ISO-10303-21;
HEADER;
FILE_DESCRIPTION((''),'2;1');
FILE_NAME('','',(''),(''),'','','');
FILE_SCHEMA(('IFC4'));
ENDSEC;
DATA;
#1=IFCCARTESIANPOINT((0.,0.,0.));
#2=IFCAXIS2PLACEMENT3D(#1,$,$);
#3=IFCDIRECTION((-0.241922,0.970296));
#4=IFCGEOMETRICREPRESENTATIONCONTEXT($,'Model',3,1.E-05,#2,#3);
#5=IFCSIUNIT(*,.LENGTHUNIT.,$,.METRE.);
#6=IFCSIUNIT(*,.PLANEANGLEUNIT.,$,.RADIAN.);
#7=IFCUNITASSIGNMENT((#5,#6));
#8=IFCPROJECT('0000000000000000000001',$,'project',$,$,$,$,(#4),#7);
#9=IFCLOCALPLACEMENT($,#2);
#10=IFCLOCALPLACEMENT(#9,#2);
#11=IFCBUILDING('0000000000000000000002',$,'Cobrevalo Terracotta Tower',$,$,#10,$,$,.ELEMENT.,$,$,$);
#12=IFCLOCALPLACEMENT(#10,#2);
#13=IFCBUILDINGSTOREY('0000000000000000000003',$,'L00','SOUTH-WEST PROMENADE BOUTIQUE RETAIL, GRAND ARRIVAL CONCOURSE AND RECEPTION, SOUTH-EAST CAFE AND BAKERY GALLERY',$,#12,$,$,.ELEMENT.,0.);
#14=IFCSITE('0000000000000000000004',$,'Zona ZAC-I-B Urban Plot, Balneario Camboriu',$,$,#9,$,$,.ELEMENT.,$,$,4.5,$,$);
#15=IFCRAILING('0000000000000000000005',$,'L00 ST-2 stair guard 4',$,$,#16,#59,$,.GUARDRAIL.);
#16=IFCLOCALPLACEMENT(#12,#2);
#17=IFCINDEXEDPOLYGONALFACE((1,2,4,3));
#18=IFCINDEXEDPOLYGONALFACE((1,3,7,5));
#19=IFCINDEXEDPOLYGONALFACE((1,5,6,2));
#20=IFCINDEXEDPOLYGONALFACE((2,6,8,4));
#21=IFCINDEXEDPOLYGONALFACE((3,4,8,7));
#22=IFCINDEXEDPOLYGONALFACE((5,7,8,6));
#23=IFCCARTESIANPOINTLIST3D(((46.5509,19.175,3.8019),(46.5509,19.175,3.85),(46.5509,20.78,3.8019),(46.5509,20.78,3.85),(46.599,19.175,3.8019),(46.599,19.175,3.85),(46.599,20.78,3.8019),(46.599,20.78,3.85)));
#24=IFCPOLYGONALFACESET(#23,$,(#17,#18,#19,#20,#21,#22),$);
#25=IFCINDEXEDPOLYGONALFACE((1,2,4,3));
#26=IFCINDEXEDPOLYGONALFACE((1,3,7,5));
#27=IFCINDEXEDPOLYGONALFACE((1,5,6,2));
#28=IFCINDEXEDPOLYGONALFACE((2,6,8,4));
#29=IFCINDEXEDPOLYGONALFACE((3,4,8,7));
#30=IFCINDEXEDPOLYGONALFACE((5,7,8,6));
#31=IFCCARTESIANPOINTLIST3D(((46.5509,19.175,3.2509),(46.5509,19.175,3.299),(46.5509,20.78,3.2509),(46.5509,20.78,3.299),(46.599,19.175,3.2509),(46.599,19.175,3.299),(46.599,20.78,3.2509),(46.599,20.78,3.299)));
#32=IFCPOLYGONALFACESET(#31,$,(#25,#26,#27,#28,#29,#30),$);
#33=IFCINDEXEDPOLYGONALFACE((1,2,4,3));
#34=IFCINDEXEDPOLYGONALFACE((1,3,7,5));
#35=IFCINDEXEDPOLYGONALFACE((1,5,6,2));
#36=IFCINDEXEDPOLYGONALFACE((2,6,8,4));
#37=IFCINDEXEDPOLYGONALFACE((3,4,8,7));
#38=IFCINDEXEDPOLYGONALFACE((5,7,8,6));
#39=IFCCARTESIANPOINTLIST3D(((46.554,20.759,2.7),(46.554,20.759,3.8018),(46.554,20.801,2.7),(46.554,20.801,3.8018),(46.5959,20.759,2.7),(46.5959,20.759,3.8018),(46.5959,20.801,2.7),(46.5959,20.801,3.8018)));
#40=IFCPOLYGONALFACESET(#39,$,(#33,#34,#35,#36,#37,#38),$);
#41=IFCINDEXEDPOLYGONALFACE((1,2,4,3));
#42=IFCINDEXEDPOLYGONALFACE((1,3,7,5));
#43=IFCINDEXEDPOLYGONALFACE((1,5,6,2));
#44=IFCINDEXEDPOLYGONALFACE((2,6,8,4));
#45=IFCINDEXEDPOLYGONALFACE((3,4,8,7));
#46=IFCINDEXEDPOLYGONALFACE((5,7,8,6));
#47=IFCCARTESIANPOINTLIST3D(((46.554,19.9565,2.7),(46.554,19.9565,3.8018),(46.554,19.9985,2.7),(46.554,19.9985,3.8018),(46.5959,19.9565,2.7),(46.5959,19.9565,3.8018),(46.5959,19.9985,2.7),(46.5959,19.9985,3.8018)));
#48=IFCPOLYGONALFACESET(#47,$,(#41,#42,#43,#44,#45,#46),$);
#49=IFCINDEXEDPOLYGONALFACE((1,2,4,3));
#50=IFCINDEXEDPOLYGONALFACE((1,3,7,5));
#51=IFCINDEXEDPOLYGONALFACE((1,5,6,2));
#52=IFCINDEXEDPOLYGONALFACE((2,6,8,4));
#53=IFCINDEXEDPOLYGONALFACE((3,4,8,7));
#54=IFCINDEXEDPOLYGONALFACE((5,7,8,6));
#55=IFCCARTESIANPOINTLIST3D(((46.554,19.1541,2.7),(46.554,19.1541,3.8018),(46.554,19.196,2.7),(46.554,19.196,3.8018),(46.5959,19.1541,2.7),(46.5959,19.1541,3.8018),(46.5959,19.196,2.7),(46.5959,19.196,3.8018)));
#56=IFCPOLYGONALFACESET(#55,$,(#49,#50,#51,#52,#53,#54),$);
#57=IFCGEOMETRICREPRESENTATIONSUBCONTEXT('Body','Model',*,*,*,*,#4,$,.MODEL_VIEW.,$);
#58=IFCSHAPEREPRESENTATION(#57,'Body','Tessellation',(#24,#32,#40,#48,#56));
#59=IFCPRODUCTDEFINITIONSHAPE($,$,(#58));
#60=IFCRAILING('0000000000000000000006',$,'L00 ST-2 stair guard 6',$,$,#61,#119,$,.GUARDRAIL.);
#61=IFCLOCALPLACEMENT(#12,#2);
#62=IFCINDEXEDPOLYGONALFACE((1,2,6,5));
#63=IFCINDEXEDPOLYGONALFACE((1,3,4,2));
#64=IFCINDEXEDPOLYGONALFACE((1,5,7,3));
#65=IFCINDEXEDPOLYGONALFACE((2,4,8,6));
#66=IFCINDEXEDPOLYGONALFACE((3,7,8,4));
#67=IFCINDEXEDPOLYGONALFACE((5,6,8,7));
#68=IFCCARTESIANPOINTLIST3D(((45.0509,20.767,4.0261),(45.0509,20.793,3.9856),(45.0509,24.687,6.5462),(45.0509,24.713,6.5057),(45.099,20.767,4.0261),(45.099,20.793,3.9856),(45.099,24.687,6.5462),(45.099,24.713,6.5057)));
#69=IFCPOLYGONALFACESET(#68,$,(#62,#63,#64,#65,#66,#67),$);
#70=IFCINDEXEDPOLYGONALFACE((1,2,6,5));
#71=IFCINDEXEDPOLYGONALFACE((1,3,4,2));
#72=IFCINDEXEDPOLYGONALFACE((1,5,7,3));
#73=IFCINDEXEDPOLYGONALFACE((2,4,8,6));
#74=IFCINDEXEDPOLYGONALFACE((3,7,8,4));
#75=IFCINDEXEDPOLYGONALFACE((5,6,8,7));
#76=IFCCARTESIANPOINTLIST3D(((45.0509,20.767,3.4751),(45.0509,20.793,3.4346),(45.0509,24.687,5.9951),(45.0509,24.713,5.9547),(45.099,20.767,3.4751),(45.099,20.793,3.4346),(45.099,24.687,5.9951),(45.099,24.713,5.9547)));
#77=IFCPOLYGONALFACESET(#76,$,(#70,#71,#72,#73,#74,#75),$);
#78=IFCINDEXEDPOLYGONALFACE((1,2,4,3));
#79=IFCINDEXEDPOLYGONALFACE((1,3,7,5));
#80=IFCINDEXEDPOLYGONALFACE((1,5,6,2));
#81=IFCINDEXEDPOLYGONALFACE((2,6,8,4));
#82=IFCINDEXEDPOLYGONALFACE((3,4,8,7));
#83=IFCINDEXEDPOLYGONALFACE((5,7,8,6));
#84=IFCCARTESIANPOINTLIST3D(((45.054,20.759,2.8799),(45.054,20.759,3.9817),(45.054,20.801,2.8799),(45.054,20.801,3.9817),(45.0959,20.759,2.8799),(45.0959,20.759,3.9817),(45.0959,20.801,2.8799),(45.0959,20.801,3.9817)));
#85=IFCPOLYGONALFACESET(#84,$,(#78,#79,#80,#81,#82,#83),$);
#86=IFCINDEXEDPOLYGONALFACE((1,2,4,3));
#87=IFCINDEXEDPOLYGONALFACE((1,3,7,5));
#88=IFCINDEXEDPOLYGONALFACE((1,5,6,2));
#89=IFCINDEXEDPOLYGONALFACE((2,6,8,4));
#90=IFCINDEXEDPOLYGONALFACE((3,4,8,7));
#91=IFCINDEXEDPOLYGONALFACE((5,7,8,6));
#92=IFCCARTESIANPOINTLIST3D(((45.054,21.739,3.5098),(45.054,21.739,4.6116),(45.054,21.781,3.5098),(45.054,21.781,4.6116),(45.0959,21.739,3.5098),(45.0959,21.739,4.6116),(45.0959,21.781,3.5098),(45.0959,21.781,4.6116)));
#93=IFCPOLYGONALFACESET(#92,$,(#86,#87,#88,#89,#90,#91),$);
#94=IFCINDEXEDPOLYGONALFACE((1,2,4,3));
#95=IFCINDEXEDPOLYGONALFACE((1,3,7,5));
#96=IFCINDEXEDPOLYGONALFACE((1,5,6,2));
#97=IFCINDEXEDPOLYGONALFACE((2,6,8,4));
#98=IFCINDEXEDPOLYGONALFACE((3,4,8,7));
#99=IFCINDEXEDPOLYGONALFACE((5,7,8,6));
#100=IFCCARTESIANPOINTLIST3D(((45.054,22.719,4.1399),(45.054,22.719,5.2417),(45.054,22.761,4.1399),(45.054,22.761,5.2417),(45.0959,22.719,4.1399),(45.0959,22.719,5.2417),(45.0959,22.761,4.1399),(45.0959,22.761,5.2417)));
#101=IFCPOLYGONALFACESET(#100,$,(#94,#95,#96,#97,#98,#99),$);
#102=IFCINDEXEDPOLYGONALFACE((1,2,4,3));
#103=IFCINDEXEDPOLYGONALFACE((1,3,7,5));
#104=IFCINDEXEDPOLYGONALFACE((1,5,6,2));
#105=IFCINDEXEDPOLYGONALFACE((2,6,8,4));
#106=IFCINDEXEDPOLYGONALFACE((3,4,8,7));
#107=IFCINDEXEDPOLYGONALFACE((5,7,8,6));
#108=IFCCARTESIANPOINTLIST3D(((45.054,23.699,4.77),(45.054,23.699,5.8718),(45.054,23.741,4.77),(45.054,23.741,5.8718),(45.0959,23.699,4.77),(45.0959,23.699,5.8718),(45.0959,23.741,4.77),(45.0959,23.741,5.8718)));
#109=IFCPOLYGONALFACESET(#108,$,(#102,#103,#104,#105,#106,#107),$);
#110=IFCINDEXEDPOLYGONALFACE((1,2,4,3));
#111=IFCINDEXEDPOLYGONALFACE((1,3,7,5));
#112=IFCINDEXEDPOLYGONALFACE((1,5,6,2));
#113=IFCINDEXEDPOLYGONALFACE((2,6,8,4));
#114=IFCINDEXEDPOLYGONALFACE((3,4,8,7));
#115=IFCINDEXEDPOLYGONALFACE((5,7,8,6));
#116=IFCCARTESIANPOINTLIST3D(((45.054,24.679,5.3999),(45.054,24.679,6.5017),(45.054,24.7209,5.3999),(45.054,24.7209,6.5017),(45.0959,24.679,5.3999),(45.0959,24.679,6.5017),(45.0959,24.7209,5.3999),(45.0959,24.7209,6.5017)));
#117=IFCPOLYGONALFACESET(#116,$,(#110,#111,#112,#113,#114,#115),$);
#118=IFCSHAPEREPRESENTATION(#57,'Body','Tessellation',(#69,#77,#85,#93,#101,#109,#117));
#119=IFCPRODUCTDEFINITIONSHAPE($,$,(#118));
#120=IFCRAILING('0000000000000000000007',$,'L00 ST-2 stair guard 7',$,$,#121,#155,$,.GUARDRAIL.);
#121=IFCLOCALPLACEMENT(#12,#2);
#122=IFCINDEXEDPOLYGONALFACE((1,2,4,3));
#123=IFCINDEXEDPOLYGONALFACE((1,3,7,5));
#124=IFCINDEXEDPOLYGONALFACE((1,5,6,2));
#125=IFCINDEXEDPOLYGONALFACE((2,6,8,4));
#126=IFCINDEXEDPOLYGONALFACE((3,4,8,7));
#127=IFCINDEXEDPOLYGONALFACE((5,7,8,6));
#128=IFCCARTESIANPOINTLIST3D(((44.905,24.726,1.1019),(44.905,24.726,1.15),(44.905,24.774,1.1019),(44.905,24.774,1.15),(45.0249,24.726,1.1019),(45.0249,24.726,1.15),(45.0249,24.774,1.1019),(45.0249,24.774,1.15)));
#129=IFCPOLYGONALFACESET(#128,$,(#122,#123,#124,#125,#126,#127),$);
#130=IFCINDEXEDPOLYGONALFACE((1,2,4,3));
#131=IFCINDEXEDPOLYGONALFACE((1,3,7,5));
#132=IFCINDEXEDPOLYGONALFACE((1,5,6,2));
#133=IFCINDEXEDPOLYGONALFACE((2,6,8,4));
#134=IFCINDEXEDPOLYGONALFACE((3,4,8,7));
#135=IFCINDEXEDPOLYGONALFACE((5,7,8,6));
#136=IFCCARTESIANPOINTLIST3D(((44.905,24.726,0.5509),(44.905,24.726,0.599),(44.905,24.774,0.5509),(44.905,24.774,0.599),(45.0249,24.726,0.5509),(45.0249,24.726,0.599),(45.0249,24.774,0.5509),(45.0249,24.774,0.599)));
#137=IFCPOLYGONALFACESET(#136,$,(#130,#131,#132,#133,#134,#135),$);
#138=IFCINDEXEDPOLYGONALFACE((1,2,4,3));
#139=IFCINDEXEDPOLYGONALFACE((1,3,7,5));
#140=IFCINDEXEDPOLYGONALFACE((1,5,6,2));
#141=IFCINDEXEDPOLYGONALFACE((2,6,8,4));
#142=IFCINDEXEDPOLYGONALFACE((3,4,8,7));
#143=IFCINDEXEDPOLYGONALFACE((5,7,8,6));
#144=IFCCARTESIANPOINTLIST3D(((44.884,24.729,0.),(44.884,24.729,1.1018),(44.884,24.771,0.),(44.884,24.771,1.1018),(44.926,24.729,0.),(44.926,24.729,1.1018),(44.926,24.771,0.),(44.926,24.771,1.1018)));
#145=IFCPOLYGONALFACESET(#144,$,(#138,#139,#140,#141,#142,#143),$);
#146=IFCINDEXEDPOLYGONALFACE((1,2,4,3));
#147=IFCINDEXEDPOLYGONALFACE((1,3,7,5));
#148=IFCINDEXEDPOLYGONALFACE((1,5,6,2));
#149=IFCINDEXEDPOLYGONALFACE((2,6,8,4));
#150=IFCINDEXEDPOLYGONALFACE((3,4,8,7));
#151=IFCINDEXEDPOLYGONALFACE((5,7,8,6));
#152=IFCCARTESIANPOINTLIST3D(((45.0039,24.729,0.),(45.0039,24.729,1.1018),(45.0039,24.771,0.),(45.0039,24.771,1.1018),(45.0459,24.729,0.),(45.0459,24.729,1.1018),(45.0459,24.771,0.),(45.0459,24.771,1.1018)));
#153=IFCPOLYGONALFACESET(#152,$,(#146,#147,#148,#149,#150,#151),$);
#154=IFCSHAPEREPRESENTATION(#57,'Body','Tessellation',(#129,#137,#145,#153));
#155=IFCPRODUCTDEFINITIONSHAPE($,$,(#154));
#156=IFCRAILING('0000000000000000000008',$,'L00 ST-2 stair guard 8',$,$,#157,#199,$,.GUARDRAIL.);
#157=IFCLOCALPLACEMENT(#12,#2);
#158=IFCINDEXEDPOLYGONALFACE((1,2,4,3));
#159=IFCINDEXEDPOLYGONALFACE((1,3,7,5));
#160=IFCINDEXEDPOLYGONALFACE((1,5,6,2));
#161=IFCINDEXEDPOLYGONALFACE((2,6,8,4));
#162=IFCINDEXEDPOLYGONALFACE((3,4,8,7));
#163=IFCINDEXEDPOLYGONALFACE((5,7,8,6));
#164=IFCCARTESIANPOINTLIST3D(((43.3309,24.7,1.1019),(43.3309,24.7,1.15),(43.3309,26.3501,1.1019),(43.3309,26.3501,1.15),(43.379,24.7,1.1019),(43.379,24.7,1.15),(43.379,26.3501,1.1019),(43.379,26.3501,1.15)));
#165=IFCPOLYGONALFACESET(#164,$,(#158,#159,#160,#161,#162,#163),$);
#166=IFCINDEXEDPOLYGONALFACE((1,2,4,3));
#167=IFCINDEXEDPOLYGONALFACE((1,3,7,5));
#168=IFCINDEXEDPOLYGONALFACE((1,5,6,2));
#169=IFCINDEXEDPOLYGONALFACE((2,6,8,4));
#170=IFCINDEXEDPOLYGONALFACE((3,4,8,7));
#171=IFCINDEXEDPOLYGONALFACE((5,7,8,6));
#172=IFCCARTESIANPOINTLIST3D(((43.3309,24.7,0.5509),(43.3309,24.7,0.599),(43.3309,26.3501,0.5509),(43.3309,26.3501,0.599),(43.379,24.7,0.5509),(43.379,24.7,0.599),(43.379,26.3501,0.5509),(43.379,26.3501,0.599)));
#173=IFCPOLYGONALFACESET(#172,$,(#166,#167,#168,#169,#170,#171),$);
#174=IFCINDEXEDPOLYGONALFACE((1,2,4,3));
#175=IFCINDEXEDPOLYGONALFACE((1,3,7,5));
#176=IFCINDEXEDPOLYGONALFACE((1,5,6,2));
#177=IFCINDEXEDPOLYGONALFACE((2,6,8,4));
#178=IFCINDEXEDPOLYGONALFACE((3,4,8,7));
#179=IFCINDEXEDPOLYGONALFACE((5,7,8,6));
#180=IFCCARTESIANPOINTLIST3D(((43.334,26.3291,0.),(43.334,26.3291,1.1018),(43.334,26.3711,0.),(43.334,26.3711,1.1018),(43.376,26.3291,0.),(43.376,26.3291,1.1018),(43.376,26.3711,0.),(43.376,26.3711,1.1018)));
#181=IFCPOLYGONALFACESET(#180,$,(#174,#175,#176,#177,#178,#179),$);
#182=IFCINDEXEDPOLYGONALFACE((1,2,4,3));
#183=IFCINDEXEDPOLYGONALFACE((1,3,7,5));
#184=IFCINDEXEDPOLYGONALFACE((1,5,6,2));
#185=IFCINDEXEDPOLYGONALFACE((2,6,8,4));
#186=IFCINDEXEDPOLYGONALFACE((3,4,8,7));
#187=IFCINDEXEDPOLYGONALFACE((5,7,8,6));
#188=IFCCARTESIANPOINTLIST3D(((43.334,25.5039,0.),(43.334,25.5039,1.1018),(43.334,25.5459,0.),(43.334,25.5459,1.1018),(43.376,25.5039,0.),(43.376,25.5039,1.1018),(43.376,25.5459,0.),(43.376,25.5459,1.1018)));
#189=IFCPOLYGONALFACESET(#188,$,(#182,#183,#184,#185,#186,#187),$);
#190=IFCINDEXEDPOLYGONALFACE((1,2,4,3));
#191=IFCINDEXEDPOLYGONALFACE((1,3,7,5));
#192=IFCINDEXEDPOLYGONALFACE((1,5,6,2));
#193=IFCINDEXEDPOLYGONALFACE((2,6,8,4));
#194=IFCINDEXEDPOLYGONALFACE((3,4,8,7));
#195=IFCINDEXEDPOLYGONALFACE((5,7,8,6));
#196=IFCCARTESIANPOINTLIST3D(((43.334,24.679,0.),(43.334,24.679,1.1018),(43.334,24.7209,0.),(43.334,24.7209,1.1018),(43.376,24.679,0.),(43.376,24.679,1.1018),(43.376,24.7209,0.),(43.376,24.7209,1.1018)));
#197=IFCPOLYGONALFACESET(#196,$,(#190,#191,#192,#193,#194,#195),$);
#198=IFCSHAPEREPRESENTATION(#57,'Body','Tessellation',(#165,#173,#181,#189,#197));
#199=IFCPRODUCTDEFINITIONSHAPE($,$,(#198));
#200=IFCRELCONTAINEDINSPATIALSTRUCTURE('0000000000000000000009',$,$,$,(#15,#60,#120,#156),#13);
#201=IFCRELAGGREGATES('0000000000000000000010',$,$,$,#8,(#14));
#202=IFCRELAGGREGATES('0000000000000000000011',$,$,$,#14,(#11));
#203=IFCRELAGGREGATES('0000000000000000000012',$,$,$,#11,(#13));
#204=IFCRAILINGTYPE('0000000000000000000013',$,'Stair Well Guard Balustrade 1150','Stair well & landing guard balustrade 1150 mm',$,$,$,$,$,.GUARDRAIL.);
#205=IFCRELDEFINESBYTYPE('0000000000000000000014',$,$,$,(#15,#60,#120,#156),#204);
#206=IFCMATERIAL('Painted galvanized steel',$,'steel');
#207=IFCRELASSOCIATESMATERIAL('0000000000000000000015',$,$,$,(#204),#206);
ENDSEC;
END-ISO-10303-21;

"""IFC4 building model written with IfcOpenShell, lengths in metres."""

from ifc_helpers import new_model, si_unit, direction, frame, origin, origin_2d, place, context, subcontext, project, spatial, rectangle, extrude, material, type_object, element, save


model = new_model("IFC4")

# Units and contexts
model_context = context("Model", 3, precision=1e-05, world=origin(), true_north=direction((-0.241922, 0.970296)))
body_context = subcontext(model_context, "Body", "Model", "MODEL_VIEW")
ifc_project = project(units=[si_unit("LENGTHUNIT", "METRE"), si_unit("PLANEANGLEUNIT", "RADIAN")], contexts=[model_context])

# Site, building, storey
site_placement = place(None, origin())
site = spatial("IfcSite", under=ifc_project, at=site_placement, Name="Zona ZAC-I-B Urban Plot, Balneario Camboriu", CompositionType="ELEMENT", RefElevation=4.5)
building_placement = place(site_placement, origin())
building = spatial("IfcBuilding", under=site, at=building_placement, Name="Cobrevalo Terracotta Tower", CompositionType="ELEMENT")
storey_placement = place(building_placement, origin())
storey = spatial("IfcBuildingStorey", under=building, at=storey_placement, Name="L00", Description="SOUTH-WEST PROMENADE BOUTIQUE RETAIL, GRAND ARRIVAL CONCOURSE AND RECEPTION, SOUTH-EAST CAFE AND BAKERY GALLERY", CompositionType="ELEMENT", Elevation=0.0)

# Railings
ifc_material_1 = material(Name="Painted galvanized steel", Category="steel")
railing_type_1 = type_object("IfcRailingType", Name="Stair Well Guard Balustrade 1150", Description="Stair well & landing guard balustrade 1150 mm", PredefinedType="GUARDRAIL", material=ifc_material_1)
for number, where, name in (
    (1, (46.575, 20.78, 2.7), "L00 ST-2 stair guard 4"),
):
    element("IfcRailing", number, at=place(storey_placement, frame(where)), inside=storey, type_object=railing_type_1, Name=name, PredefinedType="GUARDRAIL", context=body_context, shape_type="SweptSolid", body=[
        extrude(rectangle(XDim=0.0481, YDim=0.0481, at=origin_2d()), frame((0.0, 0.0, 1.126), z_axis=(0.0, -1.0, 0.0), x_axis=(1.0, 0.0, 0.0)), (0.0, 0.0, 1.0), 1.605),
        extrude(rectangle(XDim=0.0481, YDim=0.0481, at=origin_2d()), frame((0.0, 0.0, 0.575), z_axis=(0.0, -1.0, 0.0), x_axis=(1.0, 0.0, 0.0)), (0.0, 0.0, 1.0), 1.605),
        extrude(rectangle(XDim=0.042, YDim=0.042, at=origin_2d()), origin(), (0.0, 0.0, 1.0), 1.1018),
        extrude(rectangle(XDim=0.042, YDim=0.042, at=origin_2d()), frame((0.0, -0.8025, 0.0)), (0.0, 0.0, 1.0), 1.1018),
        extrude(rectangle(XDim=0.042, YDim=0.042, at=origin_2d()), frame((0.0, -1.605, 0.0)), (0.0, 0.0, 1.0), 1.1018),
    ])
railing_1_placement = place(storey_placement, frame((45.075, 20.78, 2.8799)))
element("IfcRailing", 2, at=railing_1_placement, inside=storey, type_object=railing_type_1, Name="L00 ST-2 stair guard 6", PredefinedType="GUARDRAIL", context=body_context, shape_type="SweptSolid", body=[
    extrude(rectangle(XDim=0.0481, YDim=0.0481, at=origin_2d()), frame((0.0, 0.0, 1.126), z_axis=(0.0, 0.841172, 0.540768), x_axis=(-1.0, 0.0, 0.0)), (0.0, 0.0, 1.0), 4.6602),
    extrude(rectangle(XDim=0.0481, YDim=0.0481, at=origin_2d()), frame((0.0, 0.0, 0.575), z_axis=(0.0, 0.841172, 0.540768), x_axis=(-1.0, 0.0, 0.0)), (0.0, 0.0, 1.0), 4.6602),
    extrude(rectangle(XDim=0.042, YDim=0.042, at=origin_2d()), origin(), (0.0, 0.0, 1.0), 1.1018),
    extrude(rectangle(XDim=0.042, YDim=0.042, at=origin_2d()), frame((0.0, 0.98, 0.6299)), (0.0, 0.0, 1.0), 1.1018),
    extrude(rectangle(XDim=0.042, YDim=0.042, at=origin_2d()), frame((0.0, 1.96, 1.26)), (0.0, 0.0, 1.0), 1.1018),
    extrude(rectangle(XDim=0.042, YDim=0.042, at=origin_2d()), frame((0.0, 2.9399, 1.8901)), (0.0, 0.0, 1.0), 1.1018),
    extrude(rectangle(XDim=0.042, YDim=0.042, at=origin_2d()), frame((0.0, 3.9199, 2.52)), (0.0, 0.0, 1.0), 1.1018),
])
railing_2_placement = place(storey_placement, frame((44.905, 24.75, 0.0)))
element("IfcRailing", 3, at=railing_2_placement, inside=storey, type_object=railing_type_1, Name="L00 ST-2 stair guard 7", PredefinedType="GUARDRAIL", context=body_context, shape_type="SweptSolid", body=[
    extrude(rectangle(XDim=0.0481, YDim=0.0481, at=origin_2d()), frame((0.0, 0.0, 1.126), z_axis=(1.0, 0.0, 0.0), x_axis=(0.0, 1.0, 0.0)), (0.0, 0.0, 1.0), 0.1199),
    extrude(rectangle(XDim=0.0481, YDim=0.0481, at=origin_2d()), frame((0.0, 0.0, 0.575), z_axis=(1.0, 0.0, 0.0), x_axis=(0.0, 1.0, 0.0)), (0.0, 0.0, 1.0), 0.1199),
    extrude(rectangle(XDim=0.042, YDim=0.042, at=origin_2d()), origin(), (0.0, 0.0, 1.0), 1.1018),
    extrude(rectangle(XDim=0.042, YDim=0.042, at=origin_2d()), frame((0.1199, 0.0, 0.0)), (0.0, 0.0, 1.0), 1.1018),
])
for number, where, name in (
    (4, (43.355, 26.3501, 0.0), "L00 ST-2 stair guard 8"),
):
    element("IfcRailing", number, at=place(storey_placement, frame(where)), inside=storey, type_object=railing_type_1, Name=name, PredefinedType="GUARDRAIL", context=body_context, shape_type="SweptSolid", body=[
        extrude(rectangle(XDim=0.0481, YDim=0.0481, at=origin_2d()), frame((0.0, 0.0, 1.126), z_axis=(0.0, -1.0, 0.0), x_axis=(1.0, 0.0, 0.0)), (0.0, 0.0, 1.0), 1.6501),
        extrude(rectangle(XDim=0.0481, YDim=0.0481, at=origin_2d()), frame((0.0, 0.0, 0.575), z_axis=(0.0, -1.0, 0.0), x_axis=(1.0, 0.0, 0.0)), (0.0, 0.0, 1.0), 1.6501),
        extrude(rectangle(XDim=0.042, YDim=0.042, at=origin_2d()), origin(), (0.0, 0.0, 1.0), 1.1018),
        extrude(rectangle(XDim=0.042, YDim=0.042, at=origin_2d()), frame((0.0, -0.8252, 0.0)), (0.0, 0.0, 1.0), 1.1018),
        extrude(rectangle(XDim=0.042, YDim=0.042, at=origin_2d()), frame((0.0, -1.6501, 0.0)), (0.0, 0.0, 1.0), 1.1018),
    ])

save(model, "model.ifc")
